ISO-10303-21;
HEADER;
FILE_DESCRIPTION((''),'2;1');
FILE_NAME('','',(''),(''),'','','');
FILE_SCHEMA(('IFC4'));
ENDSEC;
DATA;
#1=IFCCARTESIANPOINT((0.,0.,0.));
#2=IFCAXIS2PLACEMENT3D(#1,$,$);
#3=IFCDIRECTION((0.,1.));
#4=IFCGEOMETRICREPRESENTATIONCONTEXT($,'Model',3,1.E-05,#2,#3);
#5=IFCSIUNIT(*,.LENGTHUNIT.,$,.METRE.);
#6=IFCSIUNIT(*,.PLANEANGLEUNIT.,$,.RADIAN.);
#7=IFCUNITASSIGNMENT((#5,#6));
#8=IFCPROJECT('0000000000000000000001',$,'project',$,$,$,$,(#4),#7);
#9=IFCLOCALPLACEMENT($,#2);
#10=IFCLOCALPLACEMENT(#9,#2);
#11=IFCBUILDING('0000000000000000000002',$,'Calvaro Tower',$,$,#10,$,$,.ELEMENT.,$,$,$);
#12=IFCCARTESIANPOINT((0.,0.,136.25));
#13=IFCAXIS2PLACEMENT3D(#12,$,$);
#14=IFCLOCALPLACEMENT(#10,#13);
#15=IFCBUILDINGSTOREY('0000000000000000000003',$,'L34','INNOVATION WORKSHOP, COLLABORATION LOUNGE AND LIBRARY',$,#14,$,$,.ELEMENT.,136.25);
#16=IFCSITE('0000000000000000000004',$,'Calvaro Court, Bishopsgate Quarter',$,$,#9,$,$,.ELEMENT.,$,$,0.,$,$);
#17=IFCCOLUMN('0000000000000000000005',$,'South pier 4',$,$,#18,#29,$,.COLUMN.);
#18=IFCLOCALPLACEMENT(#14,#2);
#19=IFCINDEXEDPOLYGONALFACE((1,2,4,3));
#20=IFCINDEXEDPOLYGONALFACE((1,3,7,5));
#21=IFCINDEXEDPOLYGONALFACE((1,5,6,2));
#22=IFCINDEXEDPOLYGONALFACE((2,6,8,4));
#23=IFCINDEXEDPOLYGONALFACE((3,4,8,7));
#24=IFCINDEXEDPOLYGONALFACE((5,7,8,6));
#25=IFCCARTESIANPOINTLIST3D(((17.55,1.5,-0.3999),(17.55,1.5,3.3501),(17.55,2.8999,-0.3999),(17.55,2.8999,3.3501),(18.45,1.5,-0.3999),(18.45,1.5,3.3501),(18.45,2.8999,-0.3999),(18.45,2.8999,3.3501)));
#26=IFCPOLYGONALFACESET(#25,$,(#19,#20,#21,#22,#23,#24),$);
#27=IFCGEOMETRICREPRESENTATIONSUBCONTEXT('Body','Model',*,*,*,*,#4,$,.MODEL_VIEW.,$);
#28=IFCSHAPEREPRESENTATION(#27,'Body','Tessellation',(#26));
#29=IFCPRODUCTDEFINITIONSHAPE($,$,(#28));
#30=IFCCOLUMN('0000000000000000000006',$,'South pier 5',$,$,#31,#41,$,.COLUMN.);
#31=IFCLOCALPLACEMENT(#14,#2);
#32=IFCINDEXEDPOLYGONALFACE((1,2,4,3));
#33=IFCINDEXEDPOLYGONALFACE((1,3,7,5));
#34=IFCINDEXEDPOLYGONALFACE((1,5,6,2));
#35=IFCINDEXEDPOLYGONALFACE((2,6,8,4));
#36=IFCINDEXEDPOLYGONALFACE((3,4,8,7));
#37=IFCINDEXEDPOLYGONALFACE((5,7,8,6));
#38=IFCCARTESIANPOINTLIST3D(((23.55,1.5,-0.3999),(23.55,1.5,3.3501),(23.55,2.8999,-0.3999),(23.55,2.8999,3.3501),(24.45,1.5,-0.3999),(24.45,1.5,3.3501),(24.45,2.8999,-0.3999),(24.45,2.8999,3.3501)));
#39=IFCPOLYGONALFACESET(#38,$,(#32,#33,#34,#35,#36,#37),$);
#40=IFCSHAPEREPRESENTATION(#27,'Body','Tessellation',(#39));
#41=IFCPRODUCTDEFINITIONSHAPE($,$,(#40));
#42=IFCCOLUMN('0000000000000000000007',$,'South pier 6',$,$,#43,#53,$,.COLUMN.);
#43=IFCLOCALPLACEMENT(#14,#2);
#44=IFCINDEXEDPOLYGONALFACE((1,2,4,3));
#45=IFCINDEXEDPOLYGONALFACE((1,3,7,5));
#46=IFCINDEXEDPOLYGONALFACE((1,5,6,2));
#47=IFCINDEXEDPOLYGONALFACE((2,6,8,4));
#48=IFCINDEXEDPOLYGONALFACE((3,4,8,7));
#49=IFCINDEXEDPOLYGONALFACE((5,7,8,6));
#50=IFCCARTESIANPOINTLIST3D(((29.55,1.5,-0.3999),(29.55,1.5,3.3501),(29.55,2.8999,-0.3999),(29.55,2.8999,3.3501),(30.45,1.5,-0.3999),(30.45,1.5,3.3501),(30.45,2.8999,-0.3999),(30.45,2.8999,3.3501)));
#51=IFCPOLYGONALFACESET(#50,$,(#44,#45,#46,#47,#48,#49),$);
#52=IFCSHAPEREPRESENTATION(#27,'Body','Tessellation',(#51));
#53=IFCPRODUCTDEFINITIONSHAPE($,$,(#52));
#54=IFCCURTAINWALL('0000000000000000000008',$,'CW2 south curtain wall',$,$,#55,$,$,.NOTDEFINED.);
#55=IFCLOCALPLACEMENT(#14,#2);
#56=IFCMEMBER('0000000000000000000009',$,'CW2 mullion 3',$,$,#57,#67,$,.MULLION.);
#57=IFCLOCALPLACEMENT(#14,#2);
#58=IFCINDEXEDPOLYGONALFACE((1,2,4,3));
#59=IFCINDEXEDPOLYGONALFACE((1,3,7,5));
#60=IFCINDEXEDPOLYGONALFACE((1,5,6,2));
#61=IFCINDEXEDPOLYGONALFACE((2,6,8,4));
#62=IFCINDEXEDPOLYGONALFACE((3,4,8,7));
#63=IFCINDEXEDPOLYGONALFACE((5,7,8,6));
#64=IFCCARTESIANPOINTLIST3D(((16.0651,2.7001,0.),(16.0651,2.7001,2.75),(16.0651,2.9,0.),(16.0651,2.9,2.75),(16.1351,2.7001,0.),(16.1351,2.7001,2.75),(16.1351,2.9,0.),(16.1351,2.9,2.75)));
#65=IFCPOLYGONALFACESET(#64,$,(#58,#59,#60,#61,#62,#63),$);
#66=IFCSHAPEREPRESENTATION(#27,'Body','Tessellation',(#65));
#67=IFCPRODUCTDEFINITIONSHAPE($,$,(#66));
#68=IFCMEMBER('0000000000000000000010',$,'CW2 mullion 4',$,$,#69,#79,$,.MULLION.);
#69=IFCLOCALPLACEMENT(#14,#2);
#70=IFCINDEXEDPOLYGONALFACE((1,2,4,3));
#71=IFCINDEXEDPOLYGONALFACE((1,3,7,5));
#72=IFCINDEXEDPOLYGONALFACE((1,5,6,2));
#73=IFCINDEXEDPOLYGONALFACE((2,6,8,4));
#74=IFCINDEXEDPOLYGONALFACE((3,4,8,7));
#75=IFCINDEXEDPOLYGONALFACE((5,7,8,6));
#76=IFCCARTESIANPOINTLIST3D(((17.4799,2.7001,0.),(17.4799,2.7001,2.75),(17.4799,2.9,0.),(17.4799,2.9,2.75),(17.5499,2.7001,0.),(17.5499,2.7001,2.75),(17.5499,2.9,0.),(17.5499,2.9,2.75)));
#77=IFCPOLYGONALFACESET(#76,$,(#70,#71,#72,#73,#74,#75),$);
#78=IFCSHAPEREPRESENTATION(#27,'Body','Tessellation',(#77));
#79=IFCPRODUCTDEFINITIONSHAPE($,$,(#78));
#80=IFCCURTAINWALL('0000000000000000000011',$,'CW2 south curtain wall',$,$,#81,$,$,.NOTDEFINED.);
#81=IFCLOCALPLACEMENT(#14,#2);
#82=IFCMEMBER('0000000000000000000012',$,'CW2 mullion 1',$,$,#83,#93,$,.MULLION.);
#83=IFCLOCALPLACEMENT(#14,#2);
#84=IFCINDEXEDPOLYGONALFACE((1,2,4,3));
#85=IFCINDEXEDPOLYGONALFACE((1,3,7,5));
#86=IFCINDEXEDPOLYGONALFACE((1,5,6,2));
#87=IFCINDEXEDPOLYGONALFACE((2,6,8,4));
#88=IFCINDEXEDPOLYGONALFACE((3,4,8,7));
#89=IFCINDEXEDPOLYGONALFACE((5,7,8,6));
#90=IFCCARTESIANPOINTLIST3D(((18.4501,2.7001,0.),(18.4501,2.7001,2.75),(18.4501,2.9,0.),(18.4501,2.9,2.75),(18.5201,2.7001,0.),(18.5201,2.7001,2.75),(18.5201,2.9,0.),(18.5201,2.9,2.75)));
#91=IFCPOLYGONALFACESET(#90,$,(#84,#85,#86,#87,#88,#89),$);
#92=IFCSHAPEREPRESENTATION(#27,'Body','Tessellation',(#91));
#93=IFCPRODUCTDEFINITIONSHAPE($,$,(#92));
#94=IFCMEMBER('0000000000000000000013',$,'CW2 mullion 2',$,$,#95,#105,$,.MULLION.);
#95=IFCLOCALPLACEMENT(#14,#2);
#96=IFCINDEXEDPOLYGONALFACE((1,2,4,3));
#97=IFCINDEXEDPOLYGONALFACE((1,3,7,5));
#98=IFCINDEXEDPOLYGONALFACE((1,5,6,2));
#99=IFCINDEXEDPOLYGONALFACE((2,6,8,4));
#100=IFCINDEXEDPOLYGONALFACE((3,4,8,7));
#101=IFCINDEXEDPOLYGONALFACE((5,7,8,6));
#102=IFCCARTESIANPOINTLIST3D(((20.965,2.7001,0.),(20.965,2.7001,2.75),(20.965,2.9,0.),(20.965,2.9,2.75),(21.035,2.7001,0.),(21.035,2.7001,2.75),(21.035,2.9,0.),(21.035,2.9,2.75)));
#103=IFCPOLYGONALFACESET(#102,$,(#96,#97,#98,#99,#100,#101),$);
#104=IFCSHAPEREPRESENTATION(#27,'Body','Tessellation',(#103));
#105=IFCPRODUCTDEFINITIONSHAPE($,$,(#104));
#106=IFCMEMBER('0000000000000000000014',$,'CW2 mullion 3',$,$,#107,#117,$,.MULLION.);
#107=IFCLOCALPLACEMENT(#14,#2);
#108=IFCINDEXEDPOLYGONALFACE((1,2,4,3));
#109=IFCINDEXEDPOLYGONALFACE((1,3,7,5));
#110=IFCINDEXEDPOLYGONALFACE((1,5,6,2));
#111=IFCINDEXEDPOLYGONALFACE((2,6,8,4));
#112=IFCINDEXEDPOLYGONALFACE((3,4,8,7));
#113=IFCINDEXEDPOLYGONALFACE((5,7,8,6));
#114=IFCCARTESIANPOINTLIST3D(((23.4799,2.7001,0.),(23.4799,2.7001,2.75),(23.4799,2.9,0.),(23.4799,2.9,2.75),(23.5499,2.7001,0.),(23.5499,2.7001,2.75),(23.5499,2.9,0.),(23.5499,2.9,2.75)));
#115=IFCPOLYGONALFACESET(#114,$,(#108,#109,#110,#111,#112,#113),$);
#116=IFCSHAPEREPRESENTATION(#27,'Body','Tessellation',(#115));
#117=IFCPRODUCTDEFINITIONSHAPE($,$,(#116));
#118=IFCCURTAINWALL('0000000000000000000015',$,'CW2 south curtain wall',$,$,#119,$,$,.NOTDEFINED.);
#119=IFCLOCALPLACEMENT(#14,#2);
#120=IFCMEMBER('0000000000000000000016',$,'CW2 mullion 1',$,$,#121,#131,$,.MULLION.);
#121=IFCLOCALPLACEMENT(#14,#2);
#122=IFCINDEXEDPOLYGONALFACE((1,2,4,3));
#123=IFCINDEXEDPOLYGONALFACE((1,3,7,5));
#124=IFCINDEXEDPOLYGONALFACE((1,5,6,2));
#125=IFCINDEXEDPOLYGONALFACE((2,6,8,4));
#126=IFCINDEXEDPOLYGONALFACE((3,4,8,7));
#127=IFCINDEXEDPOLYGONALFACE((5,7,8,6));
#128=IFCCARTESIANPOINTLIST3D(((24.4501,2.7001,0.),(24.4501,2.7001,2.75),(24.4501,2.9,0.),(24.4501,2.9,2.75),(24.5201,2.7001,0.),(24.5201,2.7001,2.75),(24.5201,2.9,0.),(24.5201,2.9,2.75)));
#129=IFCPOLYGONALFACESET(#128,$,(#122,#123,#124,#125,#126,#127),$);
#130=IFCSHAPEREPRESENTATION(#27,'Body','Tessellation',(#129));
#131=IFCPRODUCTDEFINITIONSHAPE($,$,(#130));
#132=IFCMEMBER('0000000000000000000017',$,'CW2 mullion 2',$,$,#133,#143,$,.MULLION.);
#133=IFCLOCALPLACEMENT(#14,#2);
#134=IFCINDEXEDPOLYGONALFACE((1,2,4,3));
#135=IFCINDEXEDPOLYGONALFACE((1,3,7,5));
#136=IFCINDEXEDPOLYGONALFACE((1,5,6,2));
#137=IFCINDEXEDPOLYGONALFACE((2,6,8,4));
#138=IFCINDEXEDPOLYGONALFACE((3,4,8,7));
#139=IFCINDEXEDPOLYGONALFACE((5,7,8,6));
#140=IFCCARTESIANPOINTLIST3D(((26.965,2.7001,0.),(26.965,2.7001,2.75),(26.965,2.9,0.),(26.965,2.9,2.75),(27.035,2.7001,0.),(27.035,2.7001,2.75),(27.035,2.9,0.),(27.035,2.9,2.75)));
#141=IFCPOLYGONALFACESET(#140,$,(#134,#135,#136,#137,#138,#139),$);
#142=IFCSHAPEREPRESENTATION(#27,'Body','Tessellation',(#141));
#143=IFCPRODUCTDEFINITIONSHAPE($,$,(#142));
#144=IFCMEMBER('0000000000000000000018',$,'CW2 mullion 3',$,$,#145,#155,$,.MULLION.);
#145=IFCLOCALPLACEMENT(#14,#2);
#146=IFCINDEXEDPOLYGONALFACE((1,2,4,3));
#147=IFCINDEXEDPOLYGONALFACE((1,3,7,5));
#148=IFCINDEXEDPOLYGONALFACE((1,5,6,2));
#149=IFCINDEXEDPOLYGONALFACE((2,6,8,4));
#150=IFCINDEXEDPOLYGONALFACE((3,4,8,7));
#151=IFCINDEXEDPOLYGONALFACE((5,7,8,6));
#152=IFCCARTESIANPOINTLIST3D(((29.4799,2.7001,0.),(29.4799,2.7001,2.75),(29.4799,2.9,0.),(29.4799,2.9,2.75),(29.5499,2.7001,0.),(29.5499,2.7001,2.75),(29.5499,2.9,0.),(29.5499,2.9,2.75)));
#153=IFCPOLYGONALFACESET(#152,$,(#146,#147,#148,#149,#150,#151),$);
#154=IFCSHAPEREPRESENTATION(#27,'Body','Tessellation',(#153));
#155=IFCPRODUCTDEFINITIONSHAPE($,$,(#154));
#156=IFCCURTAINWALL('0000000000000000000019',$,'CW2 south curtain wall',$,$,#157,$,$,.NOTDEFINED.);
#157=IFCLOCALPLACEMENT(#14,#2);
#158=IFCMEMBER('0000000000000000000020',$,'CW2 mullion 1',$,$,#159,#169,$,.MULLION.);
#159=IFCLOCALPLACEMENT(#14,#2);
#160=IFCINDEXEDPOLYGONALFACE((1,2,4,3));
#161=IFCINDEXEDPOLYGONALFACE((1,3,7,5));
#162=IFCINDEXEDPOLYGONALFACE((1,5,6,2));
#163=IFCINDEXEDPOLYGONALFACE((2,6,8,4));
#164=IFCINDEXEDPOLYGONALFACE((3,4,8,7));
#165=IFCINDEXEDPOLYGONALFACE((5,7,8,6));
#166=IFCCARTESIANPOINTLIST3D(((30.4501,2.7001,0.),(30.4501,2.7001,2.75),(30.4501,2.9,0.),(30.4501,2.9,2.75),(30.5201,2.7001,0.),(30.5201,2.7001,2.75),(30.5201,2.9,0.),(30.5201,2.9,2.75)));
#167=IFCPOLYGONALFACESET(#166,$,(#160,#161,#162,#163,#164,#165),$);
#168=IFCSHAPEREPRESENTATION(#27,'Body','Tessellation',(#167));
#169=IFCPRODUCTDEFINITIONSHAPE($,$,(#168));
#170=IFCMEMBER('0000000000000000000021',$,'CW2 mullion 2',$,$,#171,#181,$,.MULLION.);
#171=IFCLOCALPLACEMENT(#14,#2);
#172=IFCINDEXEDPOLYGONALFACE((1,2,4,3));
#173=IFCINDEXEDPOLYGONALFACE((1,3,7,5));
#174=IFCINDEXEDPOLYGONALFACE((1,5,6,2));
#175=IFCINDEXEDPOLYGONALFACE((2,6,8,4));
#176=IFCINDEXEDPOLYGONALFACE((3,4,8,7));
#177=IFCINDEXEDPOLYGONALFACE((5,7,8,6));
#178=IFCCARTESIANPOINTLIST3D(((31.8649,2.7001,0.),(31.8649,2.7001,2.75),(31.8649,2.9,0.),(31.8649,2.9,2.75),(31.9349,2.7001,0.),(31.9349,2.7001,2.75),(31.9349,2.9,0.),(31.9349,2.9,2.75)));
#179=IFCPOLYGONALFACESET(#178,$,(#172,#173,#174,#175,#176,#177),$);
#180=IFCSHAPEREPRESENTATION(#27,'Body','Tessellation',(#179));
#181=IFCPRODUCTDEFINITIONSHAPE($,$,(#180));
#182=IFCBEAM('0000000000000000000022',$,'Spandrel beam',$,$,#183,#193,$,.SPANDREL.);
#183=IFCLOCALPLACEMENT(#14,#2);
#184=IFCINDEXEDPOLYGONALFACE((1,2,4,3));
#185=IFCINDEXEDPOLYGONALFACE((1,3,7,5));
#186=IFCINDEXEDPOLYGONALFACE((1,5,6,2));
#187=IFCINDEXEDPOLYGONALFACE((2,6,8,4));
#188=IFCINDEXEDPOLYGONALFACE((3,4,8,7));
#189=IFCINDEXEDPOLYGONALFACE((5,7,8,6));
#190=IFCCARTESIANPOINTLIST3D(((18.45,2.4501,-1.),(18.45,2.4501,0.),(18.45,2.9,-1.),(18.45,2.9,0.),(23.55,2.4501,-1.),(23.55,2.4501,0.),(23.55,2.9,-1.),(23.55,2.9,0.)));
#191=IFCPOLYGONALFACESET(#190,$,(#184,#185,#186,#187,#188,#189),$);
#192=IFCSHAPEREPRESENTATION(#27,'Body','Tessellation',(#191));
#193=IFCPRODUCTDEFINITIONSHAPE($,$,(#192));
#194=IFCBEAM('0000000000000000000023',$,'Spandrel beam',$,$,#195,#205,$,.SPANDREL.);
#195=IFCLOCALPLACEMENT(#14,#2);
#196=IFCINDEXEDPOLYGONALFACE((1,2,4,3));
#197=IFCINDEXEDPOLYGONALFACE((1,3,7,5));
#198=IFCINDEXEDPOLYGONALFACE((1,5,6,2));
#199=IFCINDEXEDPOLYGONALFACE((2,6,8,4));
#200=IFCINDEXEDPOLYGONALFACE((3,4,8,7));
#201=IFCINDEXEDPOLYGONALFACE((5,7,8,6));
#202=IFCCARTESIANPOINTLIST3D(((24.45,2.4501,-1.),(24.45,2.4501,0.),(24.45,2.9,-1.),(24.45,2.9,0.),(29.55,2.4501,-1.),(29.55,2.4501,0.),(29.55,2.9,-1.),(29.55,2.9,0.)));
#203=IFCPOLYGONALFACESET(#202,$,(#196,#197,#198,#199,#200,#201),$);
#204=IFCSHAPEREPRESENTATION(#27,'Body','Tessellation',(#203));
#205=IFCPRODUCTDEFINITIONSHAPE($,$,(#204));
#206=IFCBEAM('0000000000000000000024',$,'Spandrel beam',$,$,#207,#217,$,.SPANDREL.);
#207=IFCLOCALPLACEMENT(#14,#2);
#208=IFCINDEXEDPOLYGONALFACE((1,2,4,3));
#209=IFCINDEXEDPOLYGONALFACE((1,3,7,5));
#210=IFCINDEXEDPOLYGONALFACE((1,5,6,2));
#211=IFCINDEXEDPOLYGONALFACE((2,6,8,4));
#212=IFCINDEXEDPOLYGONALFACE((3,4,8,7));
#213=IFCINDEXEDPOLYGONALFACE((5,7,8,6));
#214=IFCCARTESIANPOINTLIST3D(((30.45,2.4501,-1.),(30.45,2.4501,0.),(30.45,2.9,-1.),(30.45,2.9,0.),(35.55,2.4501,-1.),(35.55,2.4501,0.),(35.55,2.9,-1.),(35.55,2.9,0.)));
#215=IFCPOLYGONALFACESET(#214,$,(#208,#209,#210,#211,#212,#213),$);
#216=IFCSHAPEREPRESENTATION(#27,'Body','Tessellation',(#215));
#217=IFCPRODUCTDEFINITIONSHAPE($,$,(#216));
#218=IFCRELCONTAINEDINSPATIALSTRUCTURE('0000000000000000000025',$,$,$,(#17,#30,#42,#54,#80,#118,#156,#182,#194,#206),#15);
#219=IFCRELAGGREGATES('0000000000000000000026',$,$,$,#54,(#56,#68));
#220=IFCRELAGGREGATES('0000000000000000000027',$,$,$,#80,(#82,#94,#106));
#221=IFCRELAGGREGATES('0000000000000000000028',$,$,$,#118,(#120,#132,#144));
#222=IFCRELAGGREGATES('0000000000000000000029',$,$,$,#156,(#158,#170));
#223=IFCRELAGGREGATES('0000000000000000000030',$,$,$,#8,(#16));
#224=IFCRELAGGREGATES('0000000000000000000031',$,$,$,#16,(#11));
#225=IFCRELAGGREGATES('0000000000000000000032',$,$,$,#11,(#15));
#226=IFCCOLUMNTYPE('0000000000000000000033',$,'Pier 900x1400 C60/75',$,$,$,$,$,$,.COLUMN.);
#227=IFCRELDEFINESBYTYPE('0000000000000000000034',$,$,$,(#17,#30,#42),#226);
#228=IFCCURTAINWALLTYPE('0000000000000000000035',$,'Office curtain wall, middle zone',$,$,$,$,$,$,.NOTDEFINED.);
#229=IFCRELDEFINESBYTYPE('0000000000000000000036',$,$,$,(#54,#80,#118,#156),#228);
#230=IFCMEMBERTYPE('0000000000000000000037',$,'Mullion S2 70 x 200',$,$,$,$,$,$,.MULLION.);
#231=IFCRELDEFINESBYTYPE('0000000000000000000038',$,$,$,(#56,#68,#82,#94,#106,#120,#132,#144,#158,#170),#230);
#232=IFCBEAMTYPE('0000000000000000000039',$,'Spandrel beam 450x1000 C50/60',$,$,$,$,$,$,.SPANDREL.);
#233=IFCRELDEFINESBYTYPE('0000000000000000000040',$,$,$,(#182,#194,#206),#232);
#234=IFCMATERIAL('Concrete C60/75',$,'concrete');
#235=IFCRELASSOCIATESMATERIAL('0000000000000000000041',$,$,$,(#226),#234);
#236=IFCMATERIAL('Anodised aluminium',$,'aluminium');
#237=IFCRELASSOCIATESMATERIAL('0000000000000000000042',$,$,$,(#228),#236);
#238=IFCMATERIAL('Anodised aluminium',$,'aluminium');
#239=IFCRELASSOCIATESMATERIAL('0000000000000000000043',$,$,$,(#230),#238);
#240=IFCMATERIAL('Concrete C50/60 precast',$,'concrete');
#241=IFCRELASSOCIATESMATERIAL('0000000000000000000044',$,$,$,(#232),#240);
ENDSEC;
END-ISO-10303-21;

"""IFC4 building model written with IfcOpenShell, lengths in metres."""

from ifc_helpers import new_model, si_unit, direction, frame, origin, origin_2d, place, context, subcontext, project, spatial, rectangle, extrude, material, material_profile, profile_set, type_object, element, aggregate, save


model = new_model("IFC4")

# Units and contexts
model_context = context("Model", 3, precision=1e-05, world=origin(), true_north=direction((0.0, 1.0)))
body_context = subcontext(model_context, "Body", "Model", "MODEL_VIEW")
ifc_project = project(units=[si_unit("LENGTHUNIT", "METRE"), si_unit("PLANEANGLEUNIT", "RADIAN")], contexts=[model_context])

# Site, building, storey
site_placement = place(None, origin())
site = spatial("IfcSite", under=ifc_project, at=site_placement, Name="Calvaro Court, Bishopsgate Quarter", CompositionType="ELEMENT", RefElevation=0.0)
building_placement = place(site_placement, origin())
building = spatial("IfcBuilding", under=site, at=building_placement, Name="Calvaro Tower", CompositionType="ELEMENT")
storey_placement = place(building_placement, frame((0.0, 0.0, 136.25)))
storey = spatial("IfcBuildingStorey", under=building, at=storey_placement, Name="L34", Description="INNOVATION WORKSHOP, COLLABORATION LOUNGE AND LIBRARY", CompositionType="ELEMENT", Elevation=136.25)

# Columns
ifc_material_1 = material(Name="Concrete C60/75", Category="concrete")
ifc_material_profile_1 = material_profile(ifc_material_1, rectangle(XDim=0.8999, YDim=1.3999, at=origin_2d()), Name="RC 900x1400")
ifc_profile_set_1 = profile_set([ifc_material_profile_1], Name="Concrete C60/75")
column_type = type_object("IfcColumnType", Name="Pier 900x1400 C60/75", PredefinedType="COLUMN", material=ifc_profile_set_1)
for number, where, z_axis, x_axis, name in (
    (1, (18.0, 2.2, -0.3999), (0.0, 0.0, 1.0), (1.0, 0.0, 0.0), "South pier 4"),
    (2, (24.0, 2.2, -0.3999), (0.0, 0.0, 1.0), (1.0, 0.0, 0.0), "South pier 5"),
    (3, (30.0, 2.2, -0.3999), (0.0, 0.0, 1.0), (1.0, 0.0, 0.0), "South pier 6"),
):
    element("IfcColumn", number, at=place(storey_placement, frame(where, z_axis=z_axis, x_axis=x_axis)), inside=storey, type_object=column_type, Name=name, PredefinedType="COLUMN", context=body_context, shape_type="SweptSolid", body=[
        extrude(rectangle(XDim=0.8999, YDim=1.3999, at=origin_2d()), origin(), (0.0, 0.0, 1.0), 3.75),
    ])

# Curtain walls, members
ifc_material_2 = material(Name="Anodised aluminium", Category="aluminium")
curtain_wall_type = type_object("IfcCurtainWallType", Name="Office curtain wall, middle zone", PredefinedType="NOTDEFINED", material=ifc_material_2)
curtain_wall_1_placement = place(storey_placement, origin())
curtain_wall_1 = element("IfcCurtainWall", 4, at=curtain_wall_1_placement, inside=storey, type_object=curtain_wall_type, Name="CW2 south curtain wall", PredefinedType="NOTDEFINED")
ifc_material_3 = material(Name="Anodised aluminium", Category="aluminium")
ifc_material_profile_2 = material_profile(ifc_material_3, rectangle(XDim=0.2, YDim=0.0701, at=origin_2d()), Name="Mullion S2 70 x 200")
ifc_profile_set_2 = profile_set([ifc_material_profile_2], Name="Anodised aluminium")
member_type_1 = type_object("IfcMemberType", Name="Mullion S2 70 x 200", PredefinedType="MULLION", material=ifc_profile_set_2)
member_1_placement = place(storey_placement, frame((16.1001, 2.8, 0.0), z_axis=(0.0, 0.0, 1.0), x_axis=(0.0, 1.0, 0.0)))
member_1 = element("IfcMember", 5, at=member_1_placement, type_object=member_type_1, Name="CW2 mullion 3", PredefinedType="MULLION", context=body_context, shape_type="SweptSolid", body=[
    extrude(rectangle(XDim=0.2, YDim=0.0701, at=origin_2d()), origin(), (0.0, 0.0, 1.0), 2.75),
])
member_2_placement = place(storey_placement, frame((17.5149, 2.8, 0.0), z_axis=(0.0, 0.0, 1.0), x_axis=(0.0, 1.0, 0.0)))
member_2 = element("IfcMember", 6, at=member_2_placement, type_object=member_type_1, Name="CW2 mullion 4", PredefinedType="MULLION", context=body_context, shape_type="SweptSolid", body=[
    extrude(rectangle(XDim=0.2, YDim=0.0701, at=origin_2d()), origin(), (0.0, 0.0, 1.0), 2.75),
])
curtain_wall_2_placement = place(storey_placement, origin())
curtain_wall_2 = element("IfcCurtainWall", 7, at=curtain_wall_2_placement, inside=storey, type_object=curtain_wall_type, Name="CW2 south curtain wall", PredefinedType="NOTDEFINED")
member_3_placement = place(storey_placement, frame((18.4851, 2.8, 0.0), z_axis=(0.0, 0.0, 1.0), x_axis=(0.0, 1.0, 0.0)))
member_3 = element("IfcMember", 8, at=member_3_placement, type_object=member_type_1, Name="CW2 mullion 1", PredefinedType="MULLION", context=body_context, shape_type="SweptSolid", body=[
    extrude(rectangle(XDim=0.2, YDim=0.0701, at=origin_2d()), origin(), (0.0, 0.0, 1.0), 2.75),
])
member_4_placement = place(storey_placement, frame((21.0, 2.8, 0.0), z_axis=(0.0, 0.0, 1.0), x_axis=(0.0, 1.0, 0.0)))
member_4 = element("IfcMember", 9, at=member_4_placement, type_object=member_type_1, Name="CW2 mullion 2", PredefinedType="MULLION", context=body_context, shape_type="SweptSolid", body=[
    extrude(rectangle(XDim=0.2, YDim=0.0701, at=origin_2d()), origin(), (0.0, 0.0, 1.0), 2.75),
])
member_5_placement = place(storey_placement, frame((23.5149, 2.8, 0.0), z_axis=(0.0, 0.0, 1.0), x_axis=(0.0, 1.0, 0.0)))
member_5 = element("IfcMember", 10, at=member_5_placement, type_object=member_type_1, Name="CW2 mullion 3", PredefinedType="MULLION", context=body_context, shape_type="SweptSolid", body=[
    extrude(rectangle(XDim=0.2, YDim=0.0701, at=origin_2d()), origin(), (0.0, 0.0, 1.0), 2.75),
])
curtain_wall_3_placement = place(storey_placement, origin())
curtain_wall_3 = element("IfcCurtainWall", 11, at=curtain_wall_3_placement, inside=storey, type_object=curtain_wall_type, Name="CW2 south curtain wall", PredefinedType="NOTDEFINED")
member_6_placement = place(storey_placement, frame((24.4851, 2.8, 0.0), z_axis=(0.0, 0.0, 1.0), x_axis=(0.0, 1.0, 0.0)))
member_6 = element("IfcMember", 12, at=member_6_placement, type_object=member_type_1, Name="CW2 mullion 1", PredefinedType="MULLION", context=body_context, shape_type="SweptSolid", body=[
    extrude(rectangle(XDim=0.2, YDim=0.0701, at=origin_2d()), origin(), (0.0, 0.0, 1.0), 2.75),
])
member_7_placement = place(storey_placement, frame((27.0, 2.8, 0.0), z_axis=(0.0, 0.0, 1.0), x_axis=(0.0, 1.0, 0.0)))
member_7 = element("IfcMember", 13, at=member_7_placement, type_object=member_type_1, Name="CW2 mullion 2", PredefinedType="MULLION", context=body_context, shape_type="SweptSolid", body=[
    extrude(rectangle(XDim=0.2, YDim=0.0701, at=origin_2d()), origin(), (0.0, 0.0, 1.0), 2.75),
])
member_8_placement = place(storey_placement, frame((29.5149, 2.8, 0.0), z_axis=(0.0, 0.0, 1.0), x_axis=(0.0, 1.0, 0.0)))
member_8 = element("IfcMember", 14, at=member_8_placement, type_object=member_type_1, Name="CW2 mullion 3", PredefinedType="MULLION", context=body_context, shape_type="SweptSolid", body=[
    extrude(rectangle(XDim=0.2, YDim=0.0701, at=origin_2d()), origin(), (0.0, 0.0, 1.0), 2.75),
])
curtain_wall_4_placement = place(storey_placement, origin())
curtain_wall_4 = element("IfcCurtainWall", 15, at=curtain_wall_4_placement, inside=storey, type_object=curtain_wall_type, Name="CW2 south curtain wall", PredefinedType="NOTDEFINED")
member_9_placement = place(storey_placement, frame((30.4851, 2.8, 0.0), z_axis=(0.0, 0.0, 1.0), x_axis=(0.0, 1.0, 0.0)))
member_9 = element("IfcMember", 16, at=member_9_placement, type_object=member_type_1, Name="CW2 mullion 1", PredefinedType="MULLION", context=body_context, shape_type="SweptSolid", body=[
    extrude(rectangle(XDim=0.2, YDim=0.0701, at=origin_2d()), origin(), (0.0, 0.0, 1.0), 2.75),
])
member_10_placement = place(storey_placement, frame((31.8999, 2.8, 0.0), z_axis=(0.0, 0.0, 1.0), x_axis=(0.0, 1.0, 0.0)))
member_10 = element("IfcMember", 17, at=member_10_placement, type_object=member_type_1, Name="CW2 mullion 2", PredefinedType="MULLION", context=body_context, shape_type="SweptSolid", body=[
    extrude(rectangle(XDim=0.2, YDim=0.0701, at=origin_2d()), origin(), (0.0, 0.0, 1.0), 2.75),
])

# Beams
ifc_material_4 = material(Name="Concrete C50/60 precast", Category="concrete")
ifc_material_profile_3 = material_profile(ifc_material_4, rectangle(XDim=0.45, YDim=1.0, at=origin_2d()), Name="RC 450x1000")
ifc_profile_set_3 = profile_set([ifc_material_profile_3], Name="Concrete C50/60 precast")
beam_type = type_object("IfcBeamType", Name="Spandrel beam 450x1000 C50/60", PredefinedType="SPANDREL", material=ifc_profile_set_3)
for number, where, z_axis, x_axis, name in (
    (18, (18.45, 2.675, -0.5), (1.0, 0.0, 0.0), (0.0, 1.0, 0.0), "Spandrel beam"),
    (19, (24.45, 2.675, -0.5), (1.0, 0.0, 0.0), (0.0, 1.0, 0.0), "Spandrel beam"),
    (20, (30.45, 2.675, -0.5), (1.0, 0.0, 0.0), (0.0, 1.0, 0.0), "Spandrel beam"),
):
    element("IfcBeam", number, at=place(storey_placement, frame(where, z_axis=z_axis, x_axis=x_axis)), inside=storey, type_object=beam_type, Name=name, PredefinedType="SPANDREL", context=body_context, shape_type="SweptSolid", body=[
        extrude(rectangle(XDim=0.45, YDim=1.0, at=origin_2d()), origin(), (0.0, 0.0, 1.0), 5.1001),
    ])

aggregate(curtain_wall_1, [member_1, member_2])
aggregate(curtain_wall_2, [member_3, member_4, member_5])
aggregate(curtain_wall_3, [member_6, member_7, member_8])
aggregate(curtain_wall_4, [member_9, member_10])

save(model, "model.ifc")
